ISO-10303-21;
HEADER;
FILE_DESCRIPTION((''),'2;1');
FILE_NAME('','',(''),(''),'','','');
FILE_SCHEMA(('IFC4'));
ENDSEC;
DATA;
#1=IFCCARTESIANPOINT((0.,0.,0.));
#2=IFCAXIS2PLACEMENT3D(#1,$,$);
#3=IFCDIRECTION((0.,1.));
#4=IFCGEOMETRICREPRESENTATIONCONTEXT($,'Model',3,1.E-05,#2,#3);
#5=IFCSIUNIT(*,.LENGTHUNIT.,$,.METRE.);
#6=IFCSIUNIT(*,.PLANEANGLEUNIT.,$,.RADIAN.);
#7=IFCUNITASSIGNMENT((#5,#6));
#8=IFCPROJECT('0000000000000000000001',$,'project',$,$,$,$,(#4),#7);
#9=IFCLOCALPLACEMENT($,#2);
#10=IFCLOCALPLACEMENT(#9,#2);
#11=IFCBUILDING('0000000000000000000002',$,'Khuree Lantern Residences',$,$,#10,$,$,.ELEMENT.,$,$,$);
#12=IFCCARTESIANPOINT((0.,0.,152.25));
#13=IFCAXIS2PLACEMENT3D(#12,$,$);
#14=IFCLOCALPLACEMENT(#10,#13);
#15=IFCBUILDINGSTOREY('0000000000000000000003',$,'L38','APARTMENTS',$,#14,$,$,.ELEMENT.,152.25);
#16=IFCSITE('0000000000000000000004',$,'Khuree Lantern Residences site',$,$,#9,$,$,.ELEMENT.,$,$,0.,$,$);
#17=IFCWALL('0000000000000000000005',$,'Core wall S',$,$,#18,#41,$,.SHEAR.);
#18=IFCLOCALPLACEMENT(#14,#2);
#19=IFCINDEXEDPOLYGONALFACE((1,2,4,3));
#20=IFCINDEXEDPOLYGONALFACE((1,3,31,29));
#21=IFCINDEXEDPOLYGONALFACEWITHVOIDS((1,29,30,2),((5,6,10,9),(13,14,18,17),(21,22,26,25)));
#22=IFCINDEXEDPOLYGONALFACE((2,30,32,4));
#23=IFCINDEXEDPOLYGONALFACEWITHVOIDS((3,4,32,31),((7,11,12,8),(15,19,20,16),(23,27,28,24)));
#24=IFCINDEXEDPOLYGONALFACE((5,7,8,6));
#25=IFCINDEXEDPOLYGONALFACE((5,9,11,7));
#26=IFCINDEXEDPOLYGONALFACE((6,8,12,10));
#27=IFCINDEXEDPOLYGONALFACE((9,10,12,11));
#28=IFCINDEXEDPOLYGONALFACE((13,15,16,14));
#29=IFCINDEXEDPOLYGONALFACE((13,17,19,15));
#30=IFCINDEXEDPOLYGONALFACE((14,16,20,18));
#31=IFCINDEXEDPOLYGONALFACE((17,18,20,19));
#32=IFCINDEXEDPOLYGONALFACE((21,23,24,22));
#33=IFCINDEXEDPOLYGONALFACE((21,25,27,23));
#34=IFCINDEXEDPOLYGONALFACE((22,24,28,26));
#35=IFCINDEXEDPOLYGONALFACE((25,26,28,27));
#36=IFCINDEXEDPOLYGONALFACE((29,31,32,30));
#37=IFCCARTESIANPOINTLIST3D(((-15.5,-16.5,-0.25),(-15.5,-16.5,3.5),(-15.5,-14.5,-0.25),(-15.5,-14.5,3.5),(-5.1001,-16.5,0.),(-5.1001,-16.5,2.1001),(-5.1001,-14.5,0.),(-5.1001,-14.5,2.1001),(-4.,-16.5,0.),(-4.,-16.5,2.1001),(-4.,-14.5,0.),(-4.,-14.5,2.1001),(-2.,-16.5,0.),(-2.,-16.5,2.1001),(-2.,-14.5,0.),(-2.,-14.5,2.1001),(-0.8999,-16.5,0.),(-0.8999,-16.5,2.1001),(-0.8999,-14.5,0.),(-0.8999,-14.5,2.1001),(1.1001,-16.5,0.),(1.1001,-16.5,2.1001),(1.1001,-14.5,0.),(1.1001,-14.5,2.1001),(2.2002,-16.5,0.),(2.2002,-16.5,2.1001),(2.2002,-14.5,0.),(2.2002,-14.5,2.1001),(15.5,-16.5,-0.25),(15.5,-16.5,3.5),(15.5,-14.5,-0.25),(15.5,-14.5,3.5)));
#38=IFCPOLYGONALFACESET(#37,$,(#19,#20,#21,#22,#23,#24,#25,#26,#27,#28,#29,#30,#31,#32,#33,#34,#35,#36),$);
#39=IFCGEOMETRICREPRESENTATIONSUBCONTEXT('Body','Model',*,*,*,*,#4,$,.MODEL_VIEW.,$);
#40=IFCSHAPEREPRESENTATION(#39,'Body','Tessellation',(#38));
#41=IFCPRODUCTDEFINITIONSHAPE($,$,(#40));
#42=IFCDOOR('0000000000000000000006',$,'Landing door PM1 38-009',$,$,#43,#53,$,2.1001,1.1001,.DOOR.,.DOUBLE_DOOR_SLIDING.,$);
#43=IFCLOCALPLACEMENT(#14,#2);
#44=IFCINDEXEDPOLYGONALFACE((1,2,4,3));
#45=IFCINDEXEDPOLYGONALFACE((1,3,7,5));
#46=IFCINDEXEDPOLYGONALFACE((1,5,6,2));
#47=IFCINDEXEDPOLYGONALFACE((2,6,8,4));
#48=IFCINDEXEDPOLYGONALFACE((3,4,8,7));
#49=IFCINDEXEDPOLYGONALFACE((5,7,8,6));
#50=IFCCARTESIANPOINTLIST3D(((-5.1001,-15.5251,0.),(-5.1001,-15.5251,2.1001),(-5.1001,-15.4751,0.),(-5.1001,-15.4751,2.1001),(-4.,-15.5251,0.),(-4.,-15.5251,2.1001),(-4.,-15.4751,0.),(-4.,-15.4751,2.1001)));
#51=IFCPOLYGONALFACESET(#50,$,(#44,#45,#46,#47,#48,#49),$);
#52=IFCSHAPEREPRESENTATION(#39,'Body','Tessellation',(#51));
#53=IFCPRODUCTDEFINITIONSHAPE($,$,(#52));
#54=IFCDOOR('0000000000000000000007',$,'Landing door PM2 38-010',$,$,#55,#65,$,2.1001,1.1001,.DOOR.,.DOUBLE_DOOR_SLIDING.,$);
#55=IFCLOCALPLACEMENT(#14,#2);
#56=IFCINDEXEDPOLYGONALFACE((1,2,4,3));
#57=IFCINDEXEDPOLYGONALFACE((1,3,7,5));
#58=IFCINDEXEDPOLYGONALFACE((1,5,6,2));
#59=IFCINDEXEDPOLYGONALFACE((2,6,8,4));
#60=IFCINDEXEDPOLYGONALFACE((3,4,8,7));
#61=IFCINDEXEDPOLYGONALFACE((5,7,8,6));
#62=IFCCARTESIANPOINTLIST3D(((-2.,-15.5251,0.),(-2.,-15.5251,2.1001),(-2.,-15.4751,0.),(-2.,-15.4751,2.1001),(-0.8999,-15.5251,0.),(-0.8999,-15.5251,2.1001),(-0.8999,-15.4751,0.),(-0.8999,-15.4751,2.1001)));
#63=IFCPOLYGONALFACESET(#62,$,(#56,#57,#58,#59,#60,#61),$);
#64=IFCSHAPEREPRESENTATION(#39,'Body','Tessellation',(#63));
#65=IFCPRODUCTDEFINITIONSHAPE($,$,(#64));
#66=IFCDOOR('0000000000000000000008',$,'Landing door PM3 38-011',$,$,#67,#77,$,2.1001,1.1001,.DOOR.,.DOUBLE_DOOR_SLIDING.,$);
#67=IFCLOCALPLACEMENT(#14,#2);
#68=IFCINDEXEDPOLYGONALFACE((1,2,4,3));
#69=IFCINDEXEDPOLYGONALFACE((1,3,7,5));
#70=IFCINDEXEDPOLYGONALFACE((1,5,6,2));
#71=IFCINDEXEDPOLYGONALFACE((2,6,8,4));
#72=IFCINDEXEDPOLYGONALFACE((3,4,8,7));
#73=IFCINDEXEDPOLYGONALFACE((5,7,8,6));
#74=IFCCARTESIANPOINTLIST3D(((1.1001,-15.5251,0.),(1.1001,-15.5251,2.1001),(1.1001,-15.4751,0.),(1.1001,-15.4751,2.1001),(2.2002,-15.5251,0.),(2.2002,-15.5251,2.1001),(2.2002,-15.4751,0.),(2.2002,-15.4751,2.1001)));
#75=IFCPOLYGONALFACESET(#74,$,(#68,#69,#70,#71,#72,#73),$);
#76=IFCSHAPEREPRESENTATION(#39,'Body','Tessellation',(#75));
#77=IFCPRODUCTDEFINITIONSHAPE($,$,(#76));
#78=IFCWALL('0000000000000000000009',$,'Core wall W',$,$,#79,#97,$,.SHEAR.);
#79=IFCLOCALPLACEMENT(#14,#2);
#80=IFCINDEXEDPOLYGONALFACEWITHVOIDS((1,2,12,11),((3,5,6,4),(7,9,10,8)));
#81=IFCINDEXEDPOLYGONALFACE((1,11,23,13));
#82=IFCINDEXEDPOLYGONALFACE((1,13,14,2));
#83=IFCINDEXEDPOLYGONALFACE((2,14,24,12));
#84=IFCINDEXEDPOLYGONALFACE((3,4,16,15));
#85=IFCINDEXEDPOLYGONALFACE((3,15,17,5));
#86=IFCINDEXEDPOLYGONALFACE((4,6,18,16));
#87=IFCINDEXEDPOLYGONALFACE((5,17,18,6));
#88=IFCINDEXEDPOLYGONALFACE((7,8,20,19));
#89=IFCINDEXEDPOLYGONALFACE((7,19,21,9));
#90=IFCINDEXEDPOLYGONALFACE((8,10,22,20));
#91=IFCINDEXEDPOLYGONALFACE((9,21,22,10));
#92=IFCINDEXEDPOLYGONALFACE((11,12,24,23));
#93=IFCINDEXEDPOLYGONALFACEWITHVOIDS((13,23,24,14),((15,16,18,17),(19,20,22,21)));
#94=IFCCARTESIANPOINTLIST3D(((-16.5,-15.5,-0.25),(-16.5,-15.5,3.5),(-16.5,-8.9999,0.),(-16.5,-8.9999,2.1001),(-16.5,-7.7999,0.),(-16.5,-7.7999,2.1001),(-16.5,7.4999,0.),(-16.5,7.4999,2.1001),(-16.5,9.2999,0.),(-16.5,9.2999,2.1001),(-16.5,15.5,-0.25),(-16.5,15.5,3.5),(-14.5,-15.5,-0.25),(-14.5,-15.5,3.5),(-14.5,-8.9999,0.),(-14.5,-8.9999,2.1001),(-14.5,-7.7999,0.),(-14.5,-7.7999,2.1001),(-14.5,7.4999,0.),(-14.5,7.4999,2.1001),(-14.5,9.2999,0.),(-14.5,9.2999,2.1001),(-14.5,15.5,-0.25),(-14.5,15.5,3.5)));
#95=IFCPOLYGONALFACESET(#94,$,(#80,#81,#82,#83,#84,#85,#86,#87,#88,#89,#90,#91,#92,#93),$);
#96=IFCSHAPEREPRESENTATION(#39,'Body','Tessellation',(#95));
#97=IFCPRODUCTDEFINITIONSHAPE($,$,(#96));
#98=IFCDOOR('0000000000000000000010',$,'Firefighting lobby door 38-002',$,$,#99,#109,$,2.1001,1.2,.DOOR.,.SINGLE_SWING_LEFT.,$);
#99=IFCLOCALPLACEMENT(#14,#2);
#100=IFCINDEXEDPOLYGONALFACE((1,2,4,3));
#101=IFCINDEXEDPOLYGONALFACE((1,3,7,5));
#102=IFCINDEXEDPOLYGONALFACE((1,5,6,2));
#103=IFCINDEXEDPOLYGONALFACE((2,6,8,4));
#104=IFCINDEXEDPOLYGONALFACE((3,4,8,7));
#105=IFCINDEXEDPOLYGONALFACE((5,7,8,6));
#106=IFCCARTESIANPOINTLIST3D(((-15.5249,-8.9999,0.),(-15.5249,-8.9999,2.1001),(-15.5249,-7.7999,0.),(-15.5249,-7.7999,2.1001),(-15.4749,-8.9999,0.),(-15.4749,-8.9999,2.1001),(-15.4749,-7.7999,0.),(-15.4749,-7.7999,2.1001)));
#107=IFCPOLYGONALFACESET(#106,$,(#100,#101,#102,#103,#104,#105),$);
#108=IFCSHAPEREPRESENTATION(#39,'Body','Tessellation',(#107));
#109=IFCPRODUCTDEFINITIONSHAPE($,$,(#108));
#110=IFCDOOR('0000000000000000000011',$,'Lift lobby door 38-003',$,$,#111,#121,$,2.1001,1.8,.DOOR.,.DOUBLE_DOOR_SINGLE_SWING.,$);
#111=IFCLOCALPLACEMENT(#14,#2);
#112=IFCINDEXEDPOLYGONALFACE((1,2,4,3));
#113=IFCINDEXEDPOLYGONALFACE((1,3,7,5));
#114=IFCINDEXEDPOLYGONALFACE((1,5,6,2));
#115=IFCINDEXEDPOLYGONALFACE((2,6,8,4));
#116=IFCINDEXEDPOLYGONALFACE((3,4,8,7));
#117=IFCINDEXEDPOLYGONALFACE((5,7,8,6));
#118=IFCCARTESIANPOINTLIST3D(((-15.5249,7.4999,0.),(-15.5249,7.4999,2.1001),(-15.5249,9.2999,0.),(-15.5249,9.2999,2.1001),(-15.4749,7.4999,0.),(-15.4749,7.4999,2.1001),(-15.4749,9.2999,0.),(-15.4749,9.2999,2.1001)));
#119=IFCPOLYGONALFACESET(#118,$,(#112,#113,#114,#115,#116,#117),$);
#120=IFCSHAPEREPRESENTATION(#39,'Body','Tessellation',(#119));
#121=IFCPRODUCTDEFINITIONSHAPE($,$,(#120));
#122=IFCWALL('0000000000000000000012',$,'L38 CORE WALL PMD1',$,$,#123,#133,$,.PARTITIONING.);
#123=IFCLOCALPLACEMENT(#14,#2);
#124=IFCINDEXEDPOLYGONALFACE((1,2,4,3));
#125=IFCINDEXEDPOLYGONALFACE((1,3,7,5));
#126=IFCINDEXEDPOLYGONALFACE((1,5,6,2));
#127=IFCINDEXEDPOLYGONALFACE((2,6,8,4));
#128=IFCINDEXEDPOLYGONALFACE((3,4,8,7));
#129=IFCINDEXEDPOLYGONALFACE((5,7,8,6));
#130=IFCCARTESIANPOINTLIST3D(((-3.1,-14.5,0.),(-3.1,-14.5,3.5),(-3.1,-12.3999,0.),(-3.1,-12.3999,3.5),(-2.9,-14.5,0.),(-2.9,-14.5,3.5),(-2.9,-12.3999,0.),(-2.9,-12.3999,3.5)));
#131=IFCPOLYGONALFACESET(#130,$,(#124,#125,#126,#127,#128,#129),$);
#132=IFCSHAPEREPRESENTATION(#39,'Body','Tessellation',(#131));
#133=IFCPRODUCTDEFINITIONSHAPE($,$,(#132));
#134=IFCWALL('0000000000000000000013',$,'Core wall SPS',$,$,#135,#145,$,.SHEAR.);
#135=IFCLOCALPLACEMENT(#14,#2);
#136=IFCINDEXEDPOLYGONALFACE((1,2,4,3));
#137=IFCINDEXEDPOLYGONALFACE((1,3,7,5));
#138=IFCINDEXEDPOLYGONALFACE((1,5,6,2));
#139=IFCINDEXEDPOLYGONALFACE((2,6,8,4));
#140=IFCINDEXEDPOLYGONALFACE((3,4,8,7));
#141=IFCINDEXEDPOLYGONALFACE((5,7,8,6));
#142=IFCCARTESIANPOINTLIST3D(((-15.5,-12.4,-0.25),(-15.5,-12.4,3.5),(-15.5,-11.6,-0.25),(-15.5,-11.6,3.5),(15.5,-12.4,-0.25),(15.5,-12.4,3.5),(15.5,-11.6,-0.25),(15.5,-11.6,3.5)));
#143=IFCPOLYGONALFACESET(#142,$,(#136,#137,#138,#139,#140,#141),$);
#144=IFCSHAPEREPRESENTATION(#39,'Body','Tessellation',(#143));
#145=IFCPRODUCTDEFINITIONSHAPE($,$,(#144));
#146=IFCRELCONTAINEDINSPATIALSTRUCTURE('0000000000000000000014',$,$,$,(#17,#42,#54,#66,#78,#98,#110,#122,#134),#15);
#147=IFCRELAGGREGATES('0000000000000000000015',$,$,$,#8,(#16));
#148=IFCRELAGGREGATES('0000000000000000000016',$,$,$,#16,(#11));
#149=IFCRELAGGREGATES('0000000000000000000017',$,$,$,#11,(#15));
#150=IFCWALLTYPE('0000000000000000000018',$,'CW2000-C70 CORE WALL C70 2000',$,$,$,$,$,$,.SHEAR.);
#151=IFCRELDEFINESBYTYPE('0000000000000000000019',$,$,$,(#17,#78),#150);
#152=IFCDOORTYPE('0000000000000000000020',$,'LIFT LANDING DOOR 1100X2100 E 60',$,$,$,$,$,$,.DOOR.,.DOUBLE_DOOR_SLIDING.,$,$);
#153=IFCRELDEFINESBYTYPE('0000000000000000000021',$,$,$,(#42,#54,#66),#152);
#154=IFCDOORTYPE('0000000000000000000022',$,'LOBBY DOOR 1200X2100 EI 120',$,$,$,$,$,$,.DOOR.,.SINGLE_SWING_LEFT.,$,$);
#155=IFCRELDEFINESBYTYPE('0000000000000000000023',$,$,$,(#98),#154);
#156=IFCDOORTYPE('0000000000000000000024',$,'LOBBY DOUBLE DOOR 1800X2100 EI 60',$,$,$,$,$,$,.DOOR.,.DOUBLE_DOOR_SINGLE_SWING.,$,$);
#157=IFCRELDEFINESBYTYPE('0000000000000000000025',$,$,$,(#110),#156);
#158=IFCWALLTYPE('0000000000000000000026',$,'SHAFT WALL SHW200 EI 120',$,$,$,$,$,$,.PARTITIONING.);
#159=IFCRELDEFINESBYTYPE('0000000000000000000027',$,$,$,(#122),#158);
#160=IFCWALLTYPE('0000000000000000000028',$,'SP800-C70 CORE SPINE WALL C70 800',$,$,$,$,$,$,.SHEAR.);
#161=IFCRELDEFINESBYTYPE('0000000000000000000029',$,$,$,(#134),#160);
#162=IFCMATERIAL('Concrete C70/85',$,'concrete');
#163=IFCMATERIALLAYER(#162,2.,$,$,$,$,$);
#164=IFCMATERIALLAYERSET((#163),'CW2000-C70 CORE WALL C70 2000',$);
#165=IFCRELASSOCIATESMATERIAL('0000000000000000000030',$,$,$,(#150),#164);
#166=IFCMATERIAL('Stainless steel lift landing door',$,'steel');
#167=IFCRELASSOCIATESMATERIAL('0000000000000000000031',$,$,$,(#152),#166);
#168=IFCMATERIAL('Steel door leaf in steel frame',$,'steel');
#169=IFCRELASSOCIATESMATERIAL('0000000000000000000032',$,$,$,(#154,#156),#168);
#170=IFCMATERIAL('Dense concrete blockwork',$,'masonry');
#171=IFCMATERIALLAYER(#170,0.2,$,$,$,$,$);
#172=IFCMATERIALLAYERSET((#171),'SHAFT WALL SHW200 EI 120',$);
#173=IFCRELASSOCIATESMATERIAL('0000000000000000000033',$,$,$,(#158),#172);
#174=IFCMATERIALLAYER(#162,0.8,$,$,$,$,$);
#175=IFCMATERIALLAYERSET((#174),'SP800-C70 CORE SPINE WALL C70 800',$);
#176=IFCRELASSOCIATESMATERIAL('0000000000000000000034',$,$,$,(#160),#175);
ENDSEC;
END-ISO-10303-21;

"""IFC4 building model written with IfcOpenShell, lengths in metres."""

from ifc_helpers import new_model, si_unit, direction, frame, frame_2d, origin, place, context, subcontext, project, spatial, rectangle, extrude, material, layer, layer_set, type_object, element, fill, save


model = new_model("IFC4")

# Units and contexts
model_context = context("Model", 3, precision=1e-05, world=origin(), true_north=direction((0.0, 1.0)))
body_context = subcontext(model_context, "Body", "Model", "MODEL_VIEW")
ifc_project = project(units=[si_unit("LENGTHUNIT", "METRE"), si_unit("PLANEANGLEUNIT", "RADIAN")], contexts=[model_context])

# Site, building, storey
site_placement = place(None, origin())
site = spatial("IfcSite", under=ifc_project, at=site_placement, Name="Khuree Lantern Residences site", CompositionType="ELEMENT", RefElevation=0.0)
building_placement = place(site_placement, origin())
building = spatial("IfcBuilding", under=site, at=building_placement, Name="Khuree Lantern Residences", CompositionType="ELEMENT")
storey_placement = place(building_placement, frame((0.0, 0.0, 152.25)))
storey = spatial("IfcBuildingStorey", under=building, at=storey_placement, Name="L38", Description="APARTMENTS", CompositionType="ELEMENT", Elevation=152.25)

# Shared definitions
ifc_material_1 = material(Name="Concrete C70/85", Category="concrete")

# Shared definitions
ifc_material_2 = material(Name="Dense concrete blockwork", Category="masonry")
ifc_material_3 = material(Name="Stainless steel lift landing door", Category="steel")

# Walls, openings, doors
ifc_layer_1 = layer(ifc_material_1, 2.0)
ifc_layer_set_1 = layer_set([ifc_layer_1], Name="CW2000-C70 CORE WALL C70 2000")
wall_type_1 = type_object("IfcWallType", Name="CW2000-C70 CORE WALL C70 2000", PredefinedType="SHEAR", material=ifc_layer_set_1)
wall_1_placement = place(storey_placement, frame((-15.5, -15.5, -0.25), z_axis=(0.0, 0.0, 1.0), x_axis=(1.0, 0.0, 0.0)))
wall_1 = element("IfcWall", 1, at=wall_1_placement, inside=storey, type_object=wall_type_1, Name="Core wall S", PredefinedType="SHEAR", context=body_context, shape_type="SweptSolid", body=[
    extrude(rectangle(XDim=31.0, YDim=2.0, at=frame_2d((15.5, 0.0))), origin(), (0.0, 0.0, 1.0), 3.75),
])
opening_1_placement = place(wall_1_placement, frame((10.3999, 0.0, 0.25)))
opening_1 = element("IfcOpeningElement", 2, at=opening_1_placement, cuts=wall_1, PredefinedType="OPENING", context=body_context, shape_type="SweptSolid", body=[
    extrude(rectangle(XDim=1.1001, YDim=2.1001, at=frame_2d((0.55, 1.05))), frame((0.0, 1.01, 0.0), z_axis=(0.0, -1.0, 0.0), x_axis=(1.0, 0.0, 0.0)), (0.0, 0.0, 1.0), 2.02),
])
opening_2_placement = place(wall_1_placement, frame((13.5, 0.0, 0.25)))
opening_2 = element("IfcOpeningElement", 3, at=opening_2_placement, cuts=wall_1, PredefinedType="OPENING", context=body_context, shape_type="SweptSolid", body=[
    extrude(rectangle(XDim=1.1001, YDim=2.1001, at=frame_2d((0.55, 1.05))), frame((0.0, 1.01, 0.0), z_axis=(0.0, -1.0, 0.0), x_axis=(1.0, 0.0, 0.0)), (0.0, 0.0, 1.0), 2.02),
])
opening_3_placement = place(wall_1_placement, frame((16.6001, 0.0, 0.25)))
opening_3 = element("IfcOpeningElement", 4, at=opening_3_placement, cuts=wall_1, PredefinedType="OPENING", context=body_context, shape_type="SweptSolid", body=[
    extrude(rectangle(XDim=1.1001, YDim=2.1001, at=frame_2d((0.55, 1.05))), frame((0.0, 1.01, 0.0), z_axis=(0.0, -1.0, 0.0), x_axis=(1.0, 0.0, 0.0)), (0.0, 0.0, 1.0), 2.02),
])
door_type_1 = type_object("IfcDoorType", Name="LIFT LANDING DOOR 1100X2100 E 60", OperationType="DOUBLE_DOOR_SLIDING", PredefinedType="DOOR", material=ifc_material_3)
door_1_placement = place(opening_1_placement, origin())
door_1 = element("IfcDoor", 5, at=door_1_placement, inside=storey, type_object=door_type_1, Name="Landing door PM1 38-009", OperationType="DOUBLE_DOOR_SLIDING", OverallHeight=2.1001, OverallWidth=1.1001, PredefinedType="DOOR", context=body_context, shape_type="SweptSolid", body=[
    extrude(rectangle(XDim=1.1001, YDim=2.1001, at=frame_2d((0.55, 1.05))), frame((0.0, 0.0249, 0.0), z_axis=(0.0, -1.0, 0.0), x_axis=(1.0, 0.0, 0.0)), (0.0, 0.0, 1.0), 0.05),
])
fill(opening_1, door_1)
door_2_placement = place(opening_2_placement, origin())
door_2 = element("IfcDoor", 6, at=door_2_placement, inside=storey, type_object=door_type_1, Name="Landing door PM2 38-010", OperationType="DOUBLE_DOOR_SLIDING", OverallHeight=2.1001, OverallWidth=1.1001, PredefinedType="DOOR", context=body_context, shape_type="SweptSolid", body=[
    extrude(rectangle(XDim=1.1001, YDim=2.1001, at=frame_2d((0.55, 1.05))), frame((0.0, 0.0249, 0.0), z_axis=(0.0, -1.0, 0.0), x_axis=(1.0, 0.0, 0.0)), (0.0, 0.0, 1.0), 0.05),
])
fill(opening_2, door_2)
door_3_placement = place(opening_3_placement, origin())
door_3 = element("IfcDoor", 7, at=door_3_placement, inside=storey, type_object=door_type_1, Name="Landing door PM3 38-011", OperationType="DOUBLE_DOOR_SLIDING", OverallHeight=2.1001, OverallWidth=1.1001, PredefinedType="DOOR", context=body_context, shape_type="SweptSolid", body=[
    extrude(rectangle(XDim=1.1001, YDim=2.1001, at=frame_2d((0.55, 1.05))), frame((0.0, 0.0249, 0.0), z_axis=(0.0, -1.0, 0.0), x_axis=(1.0, 0.0, 0.0)), (0.0, 0.0, 1.0), 0.05),
])
fill(opening_3, door_3)
wall_2_placement = place(storey_placement, frame((-15.5, -15.5, -0.25), z_axis=(0.0, 0.0, 1.0), x_axis=(0.0, 1.0, 0.0)))
wall_2 = element("IfcWall", 8, at=wall_2_placement, inside=storey, type_object=wall_type_1, Name="Core wall W", PredefinedType="SHEAR", context=body_context, shape_type="SweptSolid", body=[
    extrude(rectangle(XDim=31.0, YDim=2.0, at=frame_2d((15.5, 0.0))), origin(), (0.0, 0.0, 1.0), 3.75),
])
opening_4_placement = place(wall_2_placement, frame((6.5, 0.0, 0.25)))
opening_4 = element("IfcOpeningElement", 9, at=opening_4_placement, cuts=wall_2, PredefinedType="OPENING", context=body_context, shape_type="SweptSolid", body=[
    extrude(rectangle(XDim=1.2, YDim=2.1001, at=frame_2d((0.6001, 1.05))), frame((0.0, 1.01, 0.0), z_axis=(0.0, -1.0, 0.0), x_axis=(1.0, 0.0, 0.0)), (0.0, 0.0, 1.0), 2.02),
])
opening_5_placement = place(wall_2_placement, frame((23.0, 0.0, 0.25)))
opening_5 = element("IfcOpeningElement", 10, at=opening_5_placement, cuts=wall_2, PredefinedType="OPENING", context=body_context, shape_type="SweptSolid", body=[
    extrude(rectangle(XDim=1.8, YDim=2.1001, at=frame_2d((0.8999, 1.05))), frame((0.0, 1.01, 0.0), z_axis=(0.0, -1.0, 0.0), x_axis=(1.0, 0.0, 0.0)), (0.0, 0.0, 1.0), 2.02),
])
ifc_material_4 = material(Name="Steel door leaf in steel frame", Category="steel")
door_type_2 = type_object("IfcDoorType", Name="LOBBY DOOR 1200X2100 EI 120", OperationType="SINGLE_SWING_LEFT", PredefinedType="DOOR", material=ifc_material_4)
door_4_placement = place(opening_4_placement, origin())
door_4 = element("IfcDoor", 11, at=door_4_placement, inside=storey, type_object=door_type_2, Name="Firefighting lobby door 38-002", OperationType="SINGLE_SWING_LEFT", OverallHeight=2.1001, OverallWidth=1.2, PredefinedType="DOOR", context=body_context, shape_type="SweptSolid", body=[
    extrude(rectangle(XDim=1.2, YDim=2.1001, at=frame_2d((0.6001, 1.05))), frame((0.0, 0.0249, 0.0), z_axis=(0.0, -1.0, 0.0), x_axis=(1.0, 0.0, 0.0)), (0.0, 0.0, 1.0), 0.05),
])
fill(opening_4, door_4)
door_type_3 = type_object("IfcDoorType", Name="LOBBY DOUBLE DOOR 1800X2100 EI 60", OperationType="DOUBLE_DOOR_SINGLE_SWING", PredefinedType="DOOR", material=ifc_material_4)
door_5_placement = place(opening_5_placement, origin())
door_5 = element("IfcDoor", 12, at=door_5_placement, inside=storey, type_object=door_type_3, Name="Lift lobby door 38-003", OperationType="DOUBLE_DOOR_SINGLE_SWING", OverallHeight=2.1001, OverallWidth=1.8, PredefinedType="DOOR", context=body_context, shape_type="SweptSolid", body=[
    extrude(rectangle(XDim=1.8, YDim=2.1001, at=frame_2d((0.8999, 1.05))), frame((0.0, 0.0249, 0.0), z_axis=(0.0, -1.0, 0.0), x_axis=(1.0, 0.0, 0.0)), (0.0, 0.0, 1.0), 0.05),
])
fill(opening_5, door_5)

# Walls
ifc_layer_2 = layer(ifc_material_2, 0.2)
ifc_layer_set_2 = layer_set([ifc_layer_2], Name="SHAFT WALL SHW200 EI 120")
wall_type_2 = type_object("IfcWallType", Name="SHAFT WALL SHW200 EI 120", PredefinedType="PARTITIONING", material=ifc_layer_set_2)
wall_3_placement = place(storey_placement, frame((-3.0, -14.5, 0.0), z_axis=(0.0, 0.0, 1.0), x_axis=(0.0, 1.0, 0.0)))
element("IfcWall", 13, at=wall_3_placement, inside=storey, type_object=wall_type_2, Name="L38 CORE WALL PMD1", PredefinedType="PARTITIONING", context=body_context, shape_type="SweptSolid", body=[
    extrude(rectangle(XDim=2.1001, YDim=0.2, at=frame_2d((1.05, 0.0))), origin(), (0.0, 0.0, 1.0), 3.5),
])
ifc_layer_3 = layer(ifc_material_1, 0.8)
ifc_layer_set_3 = layer_set([ifc_layer_3], Name="SP800-C70 CORE SPINE WALL C70 800")
wall_type_3 = type_object("IfcWallType", Name="SP800-C70 CORE SPINE WALL C70 800", PredefinedType="SHEAR", material=ifc_layer_set_3)
wall_4_placement = place(storey_placement, frame((-15.5, -12.0, -0.25), z_axis=(0.0, 0.0, 1.0), x_axis=(1.0, 0.0, 0.0)))
element("IfcWall", 14, at=wall_4_placement, inside=storey, type_object=wall_type_3, Name="Core wall SPS", PredefinedType="SHEAR", context=body_context, shape_type="SweptSolid", body=[
    extrude(rectangle(XDim=31.0, YDim=0.8, at=frame_2d((15.5, 0.0))), origin(), (0.0, 0.0, 1.0), 3.75),
])

save(model, "model.ifc")
